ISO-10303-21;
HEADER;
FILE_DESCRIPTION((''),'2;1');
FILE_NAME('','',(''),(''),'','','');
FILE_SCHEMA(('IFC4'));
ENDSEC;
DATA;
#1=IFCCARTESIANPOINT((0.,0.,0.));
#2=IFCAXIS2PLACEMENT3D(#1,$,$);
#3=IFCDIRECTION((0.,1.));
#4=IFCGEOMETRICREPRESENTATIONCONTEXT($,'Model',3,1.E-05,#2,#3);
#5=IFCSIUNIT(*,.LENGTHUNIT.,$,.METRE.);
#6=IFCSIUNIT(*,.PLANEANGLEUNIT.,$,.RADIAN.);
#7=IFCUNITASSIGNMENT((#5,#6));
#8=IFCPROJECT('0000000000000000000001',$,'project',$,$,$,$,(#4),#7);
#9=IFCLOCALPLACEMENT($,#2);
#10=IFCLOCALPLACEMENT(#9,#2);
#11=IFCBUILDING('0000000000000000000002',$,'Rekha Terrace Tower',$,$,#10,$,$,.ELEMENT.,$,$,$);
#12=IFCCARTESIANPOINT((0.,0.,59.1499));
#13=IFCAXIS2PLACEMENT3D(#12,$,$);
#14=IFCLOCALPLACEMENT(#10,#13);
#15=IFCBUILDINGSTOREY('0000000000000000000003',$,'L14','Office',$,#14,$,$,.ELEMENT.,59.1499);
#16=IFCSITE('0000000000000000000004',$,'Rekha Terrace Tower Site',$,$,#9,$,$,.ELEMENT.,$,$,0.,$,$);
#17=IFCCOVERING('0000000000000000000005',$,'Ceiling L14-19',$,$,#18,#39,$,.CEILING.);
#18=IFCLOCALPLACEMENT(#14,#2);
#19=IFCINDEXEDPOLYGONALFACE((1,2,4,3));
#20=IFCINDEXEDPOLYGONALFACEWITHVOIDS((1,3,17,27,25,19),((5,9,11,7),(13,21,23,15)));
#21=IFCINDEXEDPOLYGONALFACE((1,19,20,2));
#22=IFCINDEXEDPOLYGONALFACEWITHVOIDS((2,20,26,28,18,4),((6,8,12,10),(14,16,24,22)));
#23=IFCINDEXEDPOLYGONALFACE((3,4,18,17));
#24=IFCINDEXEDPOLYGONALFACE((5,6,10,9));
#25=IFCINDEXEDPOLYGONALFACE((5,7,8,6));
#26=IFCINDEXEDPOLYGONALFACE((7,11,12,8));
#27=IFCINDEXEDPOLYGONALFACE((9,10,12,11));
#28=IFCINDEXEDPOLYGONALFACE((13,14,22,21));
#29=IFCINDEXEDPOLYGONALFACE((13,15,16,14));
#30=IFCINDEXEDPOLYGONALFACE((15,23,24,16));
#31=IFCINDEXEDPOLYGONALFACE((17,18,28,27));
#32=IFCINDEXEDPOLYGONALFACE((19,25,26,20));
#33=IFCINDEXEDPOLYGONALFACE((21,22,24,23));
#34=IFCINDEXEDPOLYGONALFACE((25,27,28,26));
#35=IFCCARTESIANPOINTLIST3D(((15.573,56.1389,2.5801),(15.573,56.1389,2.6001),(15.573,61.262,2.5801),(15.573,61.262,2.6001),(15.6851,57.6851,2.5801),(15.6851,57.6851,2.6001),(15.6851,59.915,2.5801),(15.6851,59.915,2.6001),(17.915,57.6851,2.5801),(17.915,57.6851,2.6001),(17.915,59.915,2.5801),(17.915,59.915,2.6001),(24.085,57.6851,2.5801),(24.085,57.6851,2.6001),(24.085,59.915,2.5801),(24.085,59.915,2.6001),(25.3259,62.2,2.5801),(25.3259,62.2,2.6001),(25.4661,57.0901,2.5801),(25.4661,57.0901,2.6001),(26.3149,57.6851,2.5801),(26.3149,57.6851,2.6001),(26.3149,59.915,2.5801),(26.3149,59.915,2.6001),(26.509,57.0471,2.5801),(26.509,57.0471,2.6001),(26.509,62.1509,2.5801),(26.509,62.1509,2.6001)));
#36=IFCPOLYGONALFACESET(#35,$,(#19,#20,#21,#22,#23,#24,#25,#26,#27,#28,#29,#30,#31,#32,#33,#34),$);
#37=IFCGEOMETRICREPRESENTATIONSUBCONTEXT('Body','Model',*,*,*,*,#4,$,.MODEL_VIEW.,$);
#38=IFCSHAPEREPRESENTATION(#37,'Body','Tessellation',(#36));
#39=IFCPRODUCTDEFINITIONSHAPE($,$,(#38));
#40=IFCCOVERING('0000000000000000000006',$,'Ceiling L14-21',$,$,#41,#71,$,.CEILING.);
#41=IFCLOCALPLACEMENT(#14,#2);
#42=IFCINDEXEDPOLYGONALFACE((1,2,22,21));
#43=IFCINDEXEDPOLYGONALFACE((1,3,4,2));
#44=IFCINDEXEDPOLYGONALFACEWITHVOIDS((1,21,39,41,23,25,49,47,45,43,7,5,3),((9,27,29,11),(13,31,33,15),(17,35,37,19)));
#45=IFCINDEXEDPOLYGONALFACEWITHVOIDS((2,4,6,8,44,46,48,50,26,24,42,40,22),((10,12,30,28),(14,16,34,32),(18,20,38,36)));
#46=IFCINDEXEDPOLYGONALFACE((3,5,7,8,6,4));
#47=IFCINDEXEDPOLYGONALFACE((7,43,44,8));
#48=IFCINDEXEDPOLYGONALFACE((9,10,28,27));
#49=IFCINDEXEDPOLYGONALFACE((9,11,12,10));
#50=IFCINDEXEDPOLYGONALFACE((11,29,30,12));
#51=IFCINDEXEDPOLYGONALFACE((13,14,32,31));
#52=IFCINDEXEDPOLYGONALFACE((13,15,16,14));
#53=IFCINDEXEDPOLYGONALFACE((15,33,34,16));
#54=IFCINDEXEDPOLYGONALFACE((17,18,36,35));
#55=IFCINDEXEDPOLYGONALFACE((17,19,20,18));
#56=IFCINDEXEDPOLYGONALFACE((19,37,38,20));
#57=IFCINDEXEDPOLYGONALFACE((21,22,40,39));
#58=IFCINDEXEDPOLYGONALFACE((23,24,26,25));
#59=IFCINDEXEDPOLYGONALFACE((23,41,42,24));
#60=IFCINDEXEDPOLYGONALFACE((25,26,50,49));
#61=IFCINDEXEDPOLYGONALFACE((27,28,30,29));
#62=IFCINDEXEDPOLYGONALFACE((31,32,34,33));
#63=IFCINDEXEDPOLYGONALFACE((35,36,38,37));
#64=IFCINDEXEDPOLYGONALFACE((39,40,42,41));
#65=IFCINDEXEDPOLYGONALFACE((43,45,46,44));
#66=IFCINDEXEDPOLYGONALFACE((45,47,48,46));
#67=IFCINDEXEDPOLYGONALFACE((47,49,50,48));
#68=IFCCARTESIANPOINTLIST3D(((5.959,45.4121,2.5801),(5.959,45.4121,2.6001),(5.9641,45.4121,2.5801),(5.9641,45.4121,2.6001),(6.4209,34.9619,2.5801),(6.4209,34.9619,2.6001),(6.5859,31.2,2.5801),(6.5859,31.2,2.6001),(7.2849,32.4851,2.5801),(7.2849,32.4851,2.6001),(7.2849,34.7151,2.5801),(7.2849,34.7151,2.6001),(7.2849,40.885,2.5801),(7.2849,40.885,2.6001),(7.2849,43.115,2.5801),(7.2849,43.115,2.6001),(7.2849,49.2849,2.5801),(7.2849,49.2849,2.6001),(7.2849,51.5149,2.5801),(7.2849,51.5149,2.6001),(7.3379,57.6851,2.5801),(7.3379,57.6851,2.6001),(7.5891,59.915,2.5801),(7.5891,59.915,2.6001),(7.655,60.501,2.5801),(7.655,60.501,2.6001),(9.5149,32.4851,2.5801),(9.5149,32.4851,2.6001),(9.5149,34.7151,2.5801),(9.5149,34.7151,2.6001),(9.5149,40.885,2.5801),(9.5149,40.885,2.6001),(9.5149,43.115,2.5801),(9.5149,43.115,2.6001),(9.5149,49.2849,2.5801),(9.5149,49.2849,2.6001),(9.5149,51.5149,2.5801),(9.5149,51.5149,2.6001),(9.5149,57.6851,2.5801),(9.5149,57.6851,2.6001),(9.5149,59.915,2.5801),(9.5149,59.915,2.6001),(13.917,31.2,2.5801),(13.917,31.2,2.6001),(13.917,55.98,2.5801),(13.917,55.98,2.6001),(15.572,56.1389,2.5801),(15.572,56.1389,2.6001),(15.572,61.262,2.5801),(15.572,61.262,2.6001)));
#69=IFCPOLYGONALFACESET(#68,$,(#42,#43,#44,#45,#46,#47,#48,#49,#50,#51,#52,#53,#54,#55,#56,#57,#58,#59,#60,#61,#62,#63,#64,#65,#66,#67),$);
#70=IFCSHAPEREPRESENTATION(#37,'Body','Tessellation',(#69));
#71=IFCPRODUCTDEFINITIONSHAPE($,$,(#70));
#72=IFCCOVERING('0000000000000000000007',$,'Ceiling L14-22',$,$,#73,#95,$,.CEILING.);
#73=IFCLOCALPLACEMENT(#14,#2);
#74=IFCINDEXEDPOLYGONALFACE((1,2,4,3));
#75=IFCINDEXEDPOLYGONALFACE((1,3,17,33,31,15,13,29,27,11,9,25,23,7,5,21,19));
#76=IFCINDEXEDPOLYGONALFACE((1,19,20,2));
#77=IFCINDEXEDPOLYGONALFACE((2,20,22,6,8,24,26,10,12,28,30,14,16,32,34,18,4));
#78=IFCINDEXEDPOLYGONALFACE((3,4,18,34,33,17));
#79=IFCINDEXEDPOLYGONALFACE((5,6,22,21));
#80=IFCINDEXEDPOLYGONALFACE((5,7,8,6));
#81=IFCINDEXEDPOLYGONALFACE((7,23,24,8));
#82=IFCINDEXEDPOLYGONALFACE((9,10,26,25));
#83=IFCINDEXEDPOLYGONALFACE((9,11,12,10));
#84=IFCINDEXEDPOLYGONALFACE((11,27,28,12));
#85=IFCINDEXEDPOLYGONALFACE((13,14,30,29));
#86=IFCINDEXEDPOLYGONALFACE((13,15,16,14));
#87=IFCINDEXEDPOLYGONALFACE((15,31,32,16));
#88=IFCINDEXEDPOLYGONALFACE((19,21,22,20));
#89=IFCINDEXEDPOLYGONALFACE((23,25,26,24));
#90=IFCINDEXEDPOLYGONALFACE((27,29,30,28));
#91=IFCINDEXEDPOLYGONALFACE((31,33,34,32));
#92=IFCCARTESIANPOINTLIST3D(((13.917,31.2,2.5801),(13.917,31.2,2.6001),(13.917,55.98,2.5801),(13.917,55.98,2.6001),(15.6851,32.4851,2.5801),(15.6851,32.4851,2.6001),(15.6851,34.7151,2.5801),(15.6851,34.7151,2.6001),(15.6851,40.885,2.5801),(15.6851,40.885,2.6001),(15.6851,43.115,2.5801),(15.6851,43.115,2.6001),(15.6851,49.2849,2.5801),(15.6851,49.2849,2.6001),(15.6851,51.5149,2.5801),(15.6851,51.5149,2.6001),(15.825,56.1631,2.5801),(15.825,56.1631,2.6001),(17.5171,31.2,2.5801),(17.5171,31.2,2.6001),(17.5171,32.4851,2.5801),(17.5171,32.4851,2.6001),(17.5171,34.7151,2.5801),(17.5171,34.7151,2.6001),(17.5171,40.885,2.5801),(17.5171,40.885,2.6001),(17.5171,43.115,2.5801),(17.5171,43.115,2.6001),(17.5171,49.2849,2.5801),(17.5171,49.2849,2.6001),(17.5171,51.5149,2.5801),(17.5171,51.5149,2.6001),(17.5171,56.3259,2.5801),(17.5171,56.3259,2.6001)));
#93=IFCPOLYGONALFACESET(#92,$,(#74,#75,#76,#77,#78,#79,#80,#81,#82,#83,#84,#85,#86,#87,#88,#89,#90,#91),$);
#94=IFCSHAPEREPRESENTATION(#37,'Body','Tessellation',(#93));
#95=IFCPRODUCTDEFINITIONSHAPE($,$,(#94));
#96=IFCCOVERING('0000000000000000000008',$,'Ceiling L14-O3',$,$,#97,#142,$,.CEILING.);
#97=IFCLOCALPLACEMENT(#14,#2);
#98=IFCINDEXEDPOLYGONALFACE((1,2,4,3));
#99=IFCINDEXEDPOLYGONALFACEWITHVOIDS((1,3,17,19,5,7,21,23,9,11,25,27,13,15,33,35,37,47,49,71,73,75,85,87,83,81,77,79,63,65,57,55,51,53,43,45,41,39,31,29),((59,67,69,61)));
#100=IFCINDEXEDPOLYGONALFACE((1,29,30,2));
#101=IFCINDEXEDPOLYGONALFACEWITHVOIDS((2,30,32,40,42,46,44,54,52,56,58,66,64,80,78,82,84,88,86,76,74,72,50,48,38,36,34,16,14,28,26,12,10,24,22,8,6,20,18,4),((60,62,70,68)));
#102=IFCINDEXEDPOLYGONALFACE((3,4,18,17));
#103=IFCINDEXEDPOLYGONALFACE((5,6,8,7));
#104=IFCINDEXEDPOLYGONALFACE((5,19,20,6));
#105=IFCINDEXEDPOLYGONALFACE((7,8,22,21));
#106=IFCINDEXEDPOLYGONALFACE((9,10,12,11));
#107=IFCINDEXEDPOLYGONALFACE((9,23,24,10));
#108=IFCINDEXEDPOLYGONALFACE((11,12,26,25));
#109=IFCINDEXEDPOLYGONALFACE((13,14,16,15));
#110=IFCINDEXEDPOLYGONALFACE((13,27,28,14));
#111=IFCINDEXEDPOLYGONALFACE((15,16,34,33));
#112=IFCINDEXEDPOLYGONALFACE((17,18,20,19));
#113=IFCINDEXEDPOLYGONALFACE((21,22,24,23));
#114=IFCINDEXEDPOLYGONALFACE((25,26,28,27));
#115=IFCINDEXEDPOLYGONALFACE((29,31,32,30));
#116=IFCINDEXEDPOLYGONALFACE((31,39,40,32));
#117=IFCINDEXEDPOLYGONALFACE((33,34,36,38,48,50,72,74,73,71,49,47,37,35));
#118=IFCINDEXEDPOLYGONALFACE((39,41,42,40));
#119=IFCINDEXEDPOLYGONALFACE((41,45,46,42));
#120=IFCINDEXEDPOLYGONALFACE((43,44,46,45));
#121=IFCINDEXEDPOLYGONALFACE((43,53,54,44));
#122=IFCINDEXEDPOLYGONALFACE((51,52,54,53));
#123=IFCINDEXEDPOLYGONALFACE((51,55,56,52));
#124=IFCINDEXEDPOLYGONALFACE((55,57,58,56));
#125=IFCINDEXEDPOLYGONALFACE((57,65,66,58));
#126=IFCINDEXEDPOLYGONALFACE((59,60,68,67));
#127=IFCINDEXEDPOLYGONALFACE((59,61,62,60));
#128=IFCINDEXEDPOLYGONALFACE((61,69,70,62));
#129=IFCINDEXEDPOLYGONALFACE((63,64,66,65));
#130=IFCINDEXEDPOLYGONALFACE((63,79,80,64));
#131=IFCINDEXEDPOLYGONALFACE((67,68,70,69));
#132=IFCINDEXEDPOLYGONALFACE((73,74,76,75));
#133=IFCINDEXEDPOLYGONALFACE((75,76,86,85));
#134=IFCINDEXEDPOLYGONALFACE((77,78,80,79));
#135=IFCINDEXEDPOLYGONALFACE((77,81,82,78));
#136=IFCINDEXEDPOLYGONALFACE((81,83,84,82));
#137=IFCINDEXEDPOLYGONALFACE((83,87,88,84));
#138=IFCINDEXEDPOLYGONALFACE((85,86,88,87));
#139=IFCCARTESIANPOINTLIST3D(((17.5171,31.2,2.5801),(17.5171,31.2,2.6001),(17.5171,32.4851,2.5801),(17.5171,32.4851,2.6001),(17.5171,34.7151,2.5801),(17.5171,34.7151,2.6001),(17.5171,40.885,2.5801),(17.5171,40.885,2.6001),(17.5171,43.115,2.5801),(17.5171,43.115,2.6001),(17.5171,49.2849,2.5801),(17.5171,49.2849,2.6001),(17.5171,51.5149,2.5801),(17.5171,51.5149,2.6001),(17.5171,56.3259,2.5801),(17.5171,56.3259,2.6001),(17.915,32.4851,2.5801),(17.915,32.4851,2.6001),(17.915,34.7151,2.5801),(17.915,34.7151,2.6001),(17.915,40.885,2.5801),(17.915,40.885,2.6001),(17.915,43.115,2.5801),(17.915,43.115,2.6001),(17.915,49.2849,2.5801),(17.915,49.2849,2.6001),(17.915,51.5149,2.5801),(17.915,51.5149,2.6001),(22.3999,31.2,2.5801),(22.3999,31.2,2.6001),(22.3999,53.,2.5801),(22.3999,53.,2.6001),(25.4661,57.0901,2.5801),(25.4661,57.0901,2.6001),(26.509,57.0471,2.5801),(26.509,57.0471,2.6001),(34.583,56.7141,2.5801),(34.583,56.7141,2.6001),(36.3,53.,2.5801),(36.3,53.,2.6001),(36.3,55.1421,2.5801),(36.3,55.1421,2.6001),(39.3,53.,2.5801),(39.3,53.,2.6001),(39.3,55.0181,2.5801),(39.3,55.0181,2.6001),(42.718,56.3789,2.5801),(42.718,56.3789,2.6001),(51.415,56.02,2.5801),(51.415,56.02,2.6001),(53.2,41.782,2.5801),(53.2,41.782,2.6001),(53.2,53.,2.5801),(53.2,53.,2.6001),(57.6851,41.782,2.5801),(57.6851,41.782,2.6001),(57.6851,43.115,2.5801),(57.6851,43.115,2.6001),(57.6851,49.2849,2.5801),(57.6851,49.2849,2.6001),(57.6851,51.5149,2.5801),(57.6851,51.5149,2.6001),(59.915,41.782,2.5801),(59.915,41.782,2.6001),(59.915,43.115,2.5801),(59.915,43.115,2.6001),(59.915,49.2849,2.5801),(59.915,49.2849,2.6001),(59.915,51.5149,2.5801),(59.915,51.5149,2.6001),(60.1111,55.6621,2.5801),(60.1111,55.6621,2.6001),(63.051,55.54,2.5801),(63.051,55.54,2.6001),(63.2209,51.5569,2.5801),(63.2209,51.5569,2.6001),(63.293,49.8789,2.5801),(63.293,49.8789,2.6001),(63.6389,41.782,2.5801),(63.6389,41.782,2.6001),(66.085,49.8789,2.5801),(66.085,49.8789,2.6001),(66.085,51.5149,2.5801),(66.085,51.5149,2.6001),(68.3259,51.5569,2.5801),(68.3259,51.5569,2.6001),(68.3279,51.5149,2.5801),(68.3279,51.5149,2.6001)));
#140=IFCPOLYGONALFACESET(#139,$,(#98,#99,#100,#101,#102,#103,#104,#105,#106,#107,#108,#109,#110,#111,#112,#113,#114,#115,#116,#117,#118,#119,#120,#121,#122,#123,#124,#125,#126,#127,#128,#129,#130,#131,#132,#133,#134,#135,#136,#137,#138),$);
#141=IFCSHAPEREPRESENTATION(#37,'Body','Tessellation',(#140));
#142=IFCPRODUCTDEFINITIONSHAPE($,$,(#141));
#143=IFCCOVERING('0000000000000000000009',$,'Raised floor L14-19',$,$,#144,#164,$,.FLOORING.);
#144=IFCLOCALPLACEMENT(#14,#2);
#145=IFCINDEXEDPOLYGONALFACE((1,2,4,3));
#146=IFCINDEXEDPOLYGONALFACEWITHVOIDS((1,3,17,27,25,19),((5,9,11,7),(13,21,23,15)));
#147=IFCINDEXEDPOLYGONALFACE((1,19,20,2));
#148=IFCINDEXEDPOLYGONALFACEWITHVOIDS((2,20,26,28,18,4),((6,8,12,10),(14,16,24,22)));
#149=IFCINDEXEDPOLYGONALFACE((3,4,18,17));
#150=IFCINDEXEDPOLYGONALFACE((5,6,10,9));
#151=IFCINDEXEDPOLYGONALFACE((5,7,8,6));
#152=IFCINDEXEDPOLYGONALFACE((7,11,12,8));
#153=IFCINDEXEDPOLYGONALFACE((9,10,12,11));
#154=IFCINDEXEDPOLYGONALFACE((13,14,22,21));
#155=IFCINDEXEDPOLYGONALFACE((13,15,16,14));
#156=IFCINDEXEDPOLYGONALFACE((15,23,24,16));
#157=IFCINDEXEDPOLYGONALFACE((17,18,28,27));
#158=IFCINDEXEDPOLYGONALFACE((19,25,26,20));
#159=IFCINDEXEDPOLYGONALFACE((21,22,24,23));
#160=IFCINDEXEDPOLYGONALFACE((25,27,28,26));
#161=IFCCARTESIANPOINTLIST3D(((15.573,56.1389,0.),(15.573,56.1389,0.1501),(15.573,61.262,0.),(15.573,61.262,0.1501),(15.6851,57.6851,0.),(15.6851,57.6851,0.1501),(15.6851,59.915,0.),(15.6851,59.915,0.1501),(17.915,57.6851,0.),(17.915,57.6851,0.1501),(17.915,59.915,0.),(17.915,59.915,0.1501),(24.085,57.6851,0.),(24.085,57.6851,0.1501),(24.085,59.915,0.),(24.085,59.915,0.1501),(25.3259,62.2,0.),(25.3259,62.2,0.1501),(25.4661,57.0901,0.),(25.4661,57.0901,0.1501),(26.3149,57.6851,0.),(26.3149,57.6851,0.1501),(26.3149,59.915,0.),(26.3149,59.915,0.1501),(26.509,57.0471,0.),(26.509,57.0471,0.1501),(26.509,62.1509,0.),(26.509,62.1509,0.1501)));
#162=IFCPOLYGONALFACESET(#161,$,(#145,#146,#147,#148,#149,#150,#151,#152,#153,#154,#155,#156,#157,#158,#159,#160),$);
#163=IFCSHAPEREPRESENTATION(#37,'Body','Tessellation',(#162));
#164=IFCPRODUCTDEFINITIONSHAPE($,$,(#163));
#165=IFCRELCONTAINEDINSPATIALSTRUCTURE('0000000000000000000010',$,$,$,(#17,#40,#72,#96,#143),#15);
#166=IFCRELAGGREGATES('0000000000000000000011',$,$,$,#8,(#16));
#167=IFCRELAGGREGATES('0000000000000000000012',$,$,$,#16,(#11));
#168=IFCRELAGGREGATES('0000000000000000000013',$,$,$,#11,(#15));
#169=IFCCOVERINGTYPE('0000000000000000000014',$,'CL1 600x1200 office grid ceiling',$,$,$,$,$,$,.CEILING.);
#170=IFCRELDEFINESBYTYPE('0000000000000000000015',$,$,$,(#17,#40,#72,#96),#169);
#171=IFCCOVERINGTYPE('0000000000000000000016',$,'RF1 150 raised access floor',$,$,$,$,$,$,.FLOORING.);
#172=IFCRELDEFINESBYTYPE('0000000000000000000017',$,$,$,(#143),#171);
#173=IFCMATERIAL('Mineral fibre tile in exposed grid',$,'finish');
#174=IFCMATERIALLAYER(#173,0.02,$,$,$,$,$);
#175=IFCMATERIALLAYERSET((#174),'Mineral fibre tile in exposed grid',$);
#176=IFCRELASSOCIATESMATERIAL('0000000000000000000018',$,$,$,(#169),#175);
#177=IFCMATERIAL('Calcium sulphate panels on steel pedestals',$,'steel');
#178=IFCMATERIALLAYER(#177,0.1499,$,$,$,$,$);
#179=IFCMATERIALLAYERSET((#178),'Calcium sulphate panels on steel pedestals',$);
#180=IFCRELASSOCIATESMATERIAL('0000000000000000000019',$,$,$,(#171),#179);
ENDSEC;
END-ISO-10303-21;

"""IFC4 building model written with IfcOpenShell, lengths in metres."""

from ifc_helpers import new_model, si_unit, direction, frame, origin, place, context, subcontext, project, spatial, polyline, outline, extrude, material, layer, layer_set, type_object, element, save


model = new_model("IFC4")

# Units and contexts
model_context = context("Model", 3, precision=1e-05, world=origin(), true_north=direction((0.0, 1.0)))
body_context = subcontext(model_context, "Body", "Model", "MODEL_VIEW")
ifc_project = project(units=[si_unit("LENGTHUNIT", "METRE"), si_unit("PLANEANGLEUNIT", "RADIAN")], contexts=[model_context])

# Site, building, storey
site_placement = place(None, origin())
site = spatial("IfcSite", under=ifc_project, at=site_placement, Name="Rekha Terrace Tower Site", CompositionType="ELEMENT", RefElevation=0.0)
building_placement = place(site_placement, origin())
building = spatial("IfcBuilding", under=site, at=building_placement, Name="Rekha Terrace Tower", CompositionType="ELEMENT")
storey_placement = place(building_placement, frame((0.0, 0.0, 59.1499)))
storey = spatial("IfcBuildingStorey", under=building, at=storey_placement, Name="L14", Description="Office", CompositionType="ELEMENT", Elevation=59.1499)

# Coverings
ifc_material_1 = material(Name="Mineral fibre tile in exposed grid", Category="finish")
ifc_layer_1 = layer(ifc_material_1, 0.02)
ifc_layer_set_1 = layer_set([ifc_layer_1], Name="Mineral fibre tile in exposed grid")
covering_type_1 = type_object("IfcCoveringType", Name="CL1 600x1200 office grid ceiling", PredefinedType="CEILING", material=ifc_layer_set_1)
covering_1_placement = place(storey_placement, frame((0.0, 0.0, 2.5801)))
element("IfcCovering", 1, at=covering_1_placement, inside=storey, type_object=covering_type_1, Name="Ceiling L14-19", PredefinedType="CEILING", context=body_context, shape_type="SweptSolid", body=[
    extrude(outline(polyline([(25.3259, 62.2), (15.573, 61.262), (15.573, 56.1389), (25.4661, 57.0901), (26.509, 57.0471), (26.509, 62.1509), (25.3259, 62.2)]), holes=[polyline([(26.3149, 57.6851), (24.085, 57.6851), (24.085, 59.915), (26.3149, 59.915), (26.3149, 57.6851)]), polyline([(17.915, 57.6851), (15.6851, 57.6851), (15.6851, 59.915), (17.915, 59.915), (17.915, 57.6851)])]), origin(), (0.0, 0.0, 1.0), 0.02),
])
covering_2_placement = place(storey_placement, frame((0.0, 0.0, 2.5801)))
element("IfcCovering", 2, at=covering_2_placement, inside=storey, type_object=covering_type_1, Name="Ceiling L14-21", PredefinedType="CEILING", context=body_context, shape_type="SweptSolid", body=[
    extrude(outline(polyline([(7.3379, 57.6851), (5.959, 45.4121), (5.9641, 45.4121), (6.4209, 34.9619), (6.5859, 31.2), (13.917, 31.2), (13.917, 55.98), (15.572, 56.1389), (15.572, 61.262), (7.655, 60.501), (7.5891, 59.915), (9.5149, 59.915), (9.5149, 57.6851), (7.3379, 57.6851)]), holes=[polyline([(9.5149, 32.4851), (7.2849, 32.4851), (7.2849, 34.7151), (9.5149, 34.7151), (9.5149, 32.4851)]), polyline([(9.5149, 40.885), (7.2849, 40.885), (7.2849, 43.115), (9.5149, 43.115), (9.5149, 40.885)]), polyline([(9.5149, 51.5149), (9.5149, 49.2849), (7.2849, 49.2849), (7.2849, 51.5149), (9.5149, 51.5149)])]), origin(), (0.0, 0.0, 1.0), 0.02),
])
covering_3_placement = place(storey_placement, frame((0.0, 0.0, 2.5801)))
element("IfcCovering", 3, at=covering_3_placement, inside=storey, type_object=covering_type_1, Name="Ceiling L14-22", PredefinedType="CEILING", context=body_context, shape_type="SweptSolid", body=[
    extrude(outline(polyline([(17.5171, 56.3259), (15.825, 56.1631), (13.917, 55.98), (13.917, 31.2), (17.5171, 31.2), (17.5171, 32.4851), (15.6851, 32.4851), (15.6851, 34.7151), (17.5171, 34.7151), (17.5171, 40.885), (15.6851, 40.885), (15.6851, 43.115), (17.5171, 43.115), (17.5171, 49.2849), (15.6851, 49.2849), (15.6851, 51.5149), (17.5171, 51.5149), (17.5171, 56.3259)])), origin(), (0.0, 0.0, 1.0), 0.02),
])
covering_4_placement = place(storey_placement, frame((0.0, 0.0, 2.5801)))
element("IfcCovering", 4, at=covering_4_placement, inside=storey, type_object=covering_type_1, Name="Ceiling L14-O3", PredefinedType="CEILING", context=body_context, shape_type="SweptSolid", body=[
    extrude(outline(polyline([(34.583, 56.7141), (26.509, 57.0471), (25.4661, 57.0901), (17.5171, 56.3259), (17.5171, 51.5149), (17.915, 51.5149), (17.915, 49.2849), (17.5171, 49.2849), (17.5171, 43.115), (17.915, 43.115), (17.915, 40.885), (17.5171, 40.885), (17.5171, 34.7151), (17.915, 34.7151), (17.915, 32.4851), (17.5171, 32.4851), (17.5171, 31.2), (22.3999, 31.2), (22.3999, 53.0), (36.3, 53.0), (36.3, 55.1421), (39.3, 55.0181), (39.3, 53.0), (53.2, 53.0), (53.2, 41.782), (57.6851, 41.782), (57.6851, 43.115), (59.915, 43.115), (59.915, 41.782), (63.6389, 41.782), (63.293, 49.8789), (66.085, 49.8789), (66.085, 51.5149), (68.3279, 51.5149), (68.3259, 51.5569), (63.2209, 51.5569), (63.051, 55.54), (60.1111, 55.6621), (51.415, 56.02), (42.718, 56.3789), (34.583, 56.7141)]), holes=[polyline([(59.915, 49.2849), (57.6851, 49.2849), (57.6851, 51.5149), (59.915, 51.5149), (59.915, 49.2849)])]), origin(), (0.0, 0.0, 1.0), 0.02),
])
ifc_material_2 = material(Name="Calcium sulphate panels on steel pedestals", Category="steel")
ifc_layer_2 = layer(ifc_material_2, 0.1499)
ifc_layer_set_2 = layer_set([ifc_layer_2], Name="Calcium sulphate panels on steel pedestals")
covering_type_2 = type_object("IfcCoveringType", Name="RF1 150 raised access floor", PredefinedType="FLOORING", material=ifc_layer_set_2)
covering_5_placement = place(storey_placement, origin())
element("IfcCovering", 5, at=covering_5_placement, inside=storey, type_object=covering_type_2, Name="Raised floor L14-19", PredefinedType="FLOORING", context=body_context, shape_type="SweptSolid", body=[
    extrude(outline(polyline([(25.3259, 62.2), (15.573, 61.262), (15.573, 56.1389), (25.4661, 57.0901), (26.509, 57.0471), (26.509, 62.1509), (25.3259, 62.2)]), holes=[polyline([(26.3149, 57.6851), (24.085, 57.6851), (24.085, 59.915), (26.3149, 59.915), (26.3149, 57.6851)]), polyline([(17.915, 57.6851), (15.6851, 57.6851), (15.6851, 59.915), (17.915, 59.915), (17.915, 57.6851)])]), origin(), (0.0, 0.0, 1.0), 0.1501),
])

save(model, "model.ifc")
